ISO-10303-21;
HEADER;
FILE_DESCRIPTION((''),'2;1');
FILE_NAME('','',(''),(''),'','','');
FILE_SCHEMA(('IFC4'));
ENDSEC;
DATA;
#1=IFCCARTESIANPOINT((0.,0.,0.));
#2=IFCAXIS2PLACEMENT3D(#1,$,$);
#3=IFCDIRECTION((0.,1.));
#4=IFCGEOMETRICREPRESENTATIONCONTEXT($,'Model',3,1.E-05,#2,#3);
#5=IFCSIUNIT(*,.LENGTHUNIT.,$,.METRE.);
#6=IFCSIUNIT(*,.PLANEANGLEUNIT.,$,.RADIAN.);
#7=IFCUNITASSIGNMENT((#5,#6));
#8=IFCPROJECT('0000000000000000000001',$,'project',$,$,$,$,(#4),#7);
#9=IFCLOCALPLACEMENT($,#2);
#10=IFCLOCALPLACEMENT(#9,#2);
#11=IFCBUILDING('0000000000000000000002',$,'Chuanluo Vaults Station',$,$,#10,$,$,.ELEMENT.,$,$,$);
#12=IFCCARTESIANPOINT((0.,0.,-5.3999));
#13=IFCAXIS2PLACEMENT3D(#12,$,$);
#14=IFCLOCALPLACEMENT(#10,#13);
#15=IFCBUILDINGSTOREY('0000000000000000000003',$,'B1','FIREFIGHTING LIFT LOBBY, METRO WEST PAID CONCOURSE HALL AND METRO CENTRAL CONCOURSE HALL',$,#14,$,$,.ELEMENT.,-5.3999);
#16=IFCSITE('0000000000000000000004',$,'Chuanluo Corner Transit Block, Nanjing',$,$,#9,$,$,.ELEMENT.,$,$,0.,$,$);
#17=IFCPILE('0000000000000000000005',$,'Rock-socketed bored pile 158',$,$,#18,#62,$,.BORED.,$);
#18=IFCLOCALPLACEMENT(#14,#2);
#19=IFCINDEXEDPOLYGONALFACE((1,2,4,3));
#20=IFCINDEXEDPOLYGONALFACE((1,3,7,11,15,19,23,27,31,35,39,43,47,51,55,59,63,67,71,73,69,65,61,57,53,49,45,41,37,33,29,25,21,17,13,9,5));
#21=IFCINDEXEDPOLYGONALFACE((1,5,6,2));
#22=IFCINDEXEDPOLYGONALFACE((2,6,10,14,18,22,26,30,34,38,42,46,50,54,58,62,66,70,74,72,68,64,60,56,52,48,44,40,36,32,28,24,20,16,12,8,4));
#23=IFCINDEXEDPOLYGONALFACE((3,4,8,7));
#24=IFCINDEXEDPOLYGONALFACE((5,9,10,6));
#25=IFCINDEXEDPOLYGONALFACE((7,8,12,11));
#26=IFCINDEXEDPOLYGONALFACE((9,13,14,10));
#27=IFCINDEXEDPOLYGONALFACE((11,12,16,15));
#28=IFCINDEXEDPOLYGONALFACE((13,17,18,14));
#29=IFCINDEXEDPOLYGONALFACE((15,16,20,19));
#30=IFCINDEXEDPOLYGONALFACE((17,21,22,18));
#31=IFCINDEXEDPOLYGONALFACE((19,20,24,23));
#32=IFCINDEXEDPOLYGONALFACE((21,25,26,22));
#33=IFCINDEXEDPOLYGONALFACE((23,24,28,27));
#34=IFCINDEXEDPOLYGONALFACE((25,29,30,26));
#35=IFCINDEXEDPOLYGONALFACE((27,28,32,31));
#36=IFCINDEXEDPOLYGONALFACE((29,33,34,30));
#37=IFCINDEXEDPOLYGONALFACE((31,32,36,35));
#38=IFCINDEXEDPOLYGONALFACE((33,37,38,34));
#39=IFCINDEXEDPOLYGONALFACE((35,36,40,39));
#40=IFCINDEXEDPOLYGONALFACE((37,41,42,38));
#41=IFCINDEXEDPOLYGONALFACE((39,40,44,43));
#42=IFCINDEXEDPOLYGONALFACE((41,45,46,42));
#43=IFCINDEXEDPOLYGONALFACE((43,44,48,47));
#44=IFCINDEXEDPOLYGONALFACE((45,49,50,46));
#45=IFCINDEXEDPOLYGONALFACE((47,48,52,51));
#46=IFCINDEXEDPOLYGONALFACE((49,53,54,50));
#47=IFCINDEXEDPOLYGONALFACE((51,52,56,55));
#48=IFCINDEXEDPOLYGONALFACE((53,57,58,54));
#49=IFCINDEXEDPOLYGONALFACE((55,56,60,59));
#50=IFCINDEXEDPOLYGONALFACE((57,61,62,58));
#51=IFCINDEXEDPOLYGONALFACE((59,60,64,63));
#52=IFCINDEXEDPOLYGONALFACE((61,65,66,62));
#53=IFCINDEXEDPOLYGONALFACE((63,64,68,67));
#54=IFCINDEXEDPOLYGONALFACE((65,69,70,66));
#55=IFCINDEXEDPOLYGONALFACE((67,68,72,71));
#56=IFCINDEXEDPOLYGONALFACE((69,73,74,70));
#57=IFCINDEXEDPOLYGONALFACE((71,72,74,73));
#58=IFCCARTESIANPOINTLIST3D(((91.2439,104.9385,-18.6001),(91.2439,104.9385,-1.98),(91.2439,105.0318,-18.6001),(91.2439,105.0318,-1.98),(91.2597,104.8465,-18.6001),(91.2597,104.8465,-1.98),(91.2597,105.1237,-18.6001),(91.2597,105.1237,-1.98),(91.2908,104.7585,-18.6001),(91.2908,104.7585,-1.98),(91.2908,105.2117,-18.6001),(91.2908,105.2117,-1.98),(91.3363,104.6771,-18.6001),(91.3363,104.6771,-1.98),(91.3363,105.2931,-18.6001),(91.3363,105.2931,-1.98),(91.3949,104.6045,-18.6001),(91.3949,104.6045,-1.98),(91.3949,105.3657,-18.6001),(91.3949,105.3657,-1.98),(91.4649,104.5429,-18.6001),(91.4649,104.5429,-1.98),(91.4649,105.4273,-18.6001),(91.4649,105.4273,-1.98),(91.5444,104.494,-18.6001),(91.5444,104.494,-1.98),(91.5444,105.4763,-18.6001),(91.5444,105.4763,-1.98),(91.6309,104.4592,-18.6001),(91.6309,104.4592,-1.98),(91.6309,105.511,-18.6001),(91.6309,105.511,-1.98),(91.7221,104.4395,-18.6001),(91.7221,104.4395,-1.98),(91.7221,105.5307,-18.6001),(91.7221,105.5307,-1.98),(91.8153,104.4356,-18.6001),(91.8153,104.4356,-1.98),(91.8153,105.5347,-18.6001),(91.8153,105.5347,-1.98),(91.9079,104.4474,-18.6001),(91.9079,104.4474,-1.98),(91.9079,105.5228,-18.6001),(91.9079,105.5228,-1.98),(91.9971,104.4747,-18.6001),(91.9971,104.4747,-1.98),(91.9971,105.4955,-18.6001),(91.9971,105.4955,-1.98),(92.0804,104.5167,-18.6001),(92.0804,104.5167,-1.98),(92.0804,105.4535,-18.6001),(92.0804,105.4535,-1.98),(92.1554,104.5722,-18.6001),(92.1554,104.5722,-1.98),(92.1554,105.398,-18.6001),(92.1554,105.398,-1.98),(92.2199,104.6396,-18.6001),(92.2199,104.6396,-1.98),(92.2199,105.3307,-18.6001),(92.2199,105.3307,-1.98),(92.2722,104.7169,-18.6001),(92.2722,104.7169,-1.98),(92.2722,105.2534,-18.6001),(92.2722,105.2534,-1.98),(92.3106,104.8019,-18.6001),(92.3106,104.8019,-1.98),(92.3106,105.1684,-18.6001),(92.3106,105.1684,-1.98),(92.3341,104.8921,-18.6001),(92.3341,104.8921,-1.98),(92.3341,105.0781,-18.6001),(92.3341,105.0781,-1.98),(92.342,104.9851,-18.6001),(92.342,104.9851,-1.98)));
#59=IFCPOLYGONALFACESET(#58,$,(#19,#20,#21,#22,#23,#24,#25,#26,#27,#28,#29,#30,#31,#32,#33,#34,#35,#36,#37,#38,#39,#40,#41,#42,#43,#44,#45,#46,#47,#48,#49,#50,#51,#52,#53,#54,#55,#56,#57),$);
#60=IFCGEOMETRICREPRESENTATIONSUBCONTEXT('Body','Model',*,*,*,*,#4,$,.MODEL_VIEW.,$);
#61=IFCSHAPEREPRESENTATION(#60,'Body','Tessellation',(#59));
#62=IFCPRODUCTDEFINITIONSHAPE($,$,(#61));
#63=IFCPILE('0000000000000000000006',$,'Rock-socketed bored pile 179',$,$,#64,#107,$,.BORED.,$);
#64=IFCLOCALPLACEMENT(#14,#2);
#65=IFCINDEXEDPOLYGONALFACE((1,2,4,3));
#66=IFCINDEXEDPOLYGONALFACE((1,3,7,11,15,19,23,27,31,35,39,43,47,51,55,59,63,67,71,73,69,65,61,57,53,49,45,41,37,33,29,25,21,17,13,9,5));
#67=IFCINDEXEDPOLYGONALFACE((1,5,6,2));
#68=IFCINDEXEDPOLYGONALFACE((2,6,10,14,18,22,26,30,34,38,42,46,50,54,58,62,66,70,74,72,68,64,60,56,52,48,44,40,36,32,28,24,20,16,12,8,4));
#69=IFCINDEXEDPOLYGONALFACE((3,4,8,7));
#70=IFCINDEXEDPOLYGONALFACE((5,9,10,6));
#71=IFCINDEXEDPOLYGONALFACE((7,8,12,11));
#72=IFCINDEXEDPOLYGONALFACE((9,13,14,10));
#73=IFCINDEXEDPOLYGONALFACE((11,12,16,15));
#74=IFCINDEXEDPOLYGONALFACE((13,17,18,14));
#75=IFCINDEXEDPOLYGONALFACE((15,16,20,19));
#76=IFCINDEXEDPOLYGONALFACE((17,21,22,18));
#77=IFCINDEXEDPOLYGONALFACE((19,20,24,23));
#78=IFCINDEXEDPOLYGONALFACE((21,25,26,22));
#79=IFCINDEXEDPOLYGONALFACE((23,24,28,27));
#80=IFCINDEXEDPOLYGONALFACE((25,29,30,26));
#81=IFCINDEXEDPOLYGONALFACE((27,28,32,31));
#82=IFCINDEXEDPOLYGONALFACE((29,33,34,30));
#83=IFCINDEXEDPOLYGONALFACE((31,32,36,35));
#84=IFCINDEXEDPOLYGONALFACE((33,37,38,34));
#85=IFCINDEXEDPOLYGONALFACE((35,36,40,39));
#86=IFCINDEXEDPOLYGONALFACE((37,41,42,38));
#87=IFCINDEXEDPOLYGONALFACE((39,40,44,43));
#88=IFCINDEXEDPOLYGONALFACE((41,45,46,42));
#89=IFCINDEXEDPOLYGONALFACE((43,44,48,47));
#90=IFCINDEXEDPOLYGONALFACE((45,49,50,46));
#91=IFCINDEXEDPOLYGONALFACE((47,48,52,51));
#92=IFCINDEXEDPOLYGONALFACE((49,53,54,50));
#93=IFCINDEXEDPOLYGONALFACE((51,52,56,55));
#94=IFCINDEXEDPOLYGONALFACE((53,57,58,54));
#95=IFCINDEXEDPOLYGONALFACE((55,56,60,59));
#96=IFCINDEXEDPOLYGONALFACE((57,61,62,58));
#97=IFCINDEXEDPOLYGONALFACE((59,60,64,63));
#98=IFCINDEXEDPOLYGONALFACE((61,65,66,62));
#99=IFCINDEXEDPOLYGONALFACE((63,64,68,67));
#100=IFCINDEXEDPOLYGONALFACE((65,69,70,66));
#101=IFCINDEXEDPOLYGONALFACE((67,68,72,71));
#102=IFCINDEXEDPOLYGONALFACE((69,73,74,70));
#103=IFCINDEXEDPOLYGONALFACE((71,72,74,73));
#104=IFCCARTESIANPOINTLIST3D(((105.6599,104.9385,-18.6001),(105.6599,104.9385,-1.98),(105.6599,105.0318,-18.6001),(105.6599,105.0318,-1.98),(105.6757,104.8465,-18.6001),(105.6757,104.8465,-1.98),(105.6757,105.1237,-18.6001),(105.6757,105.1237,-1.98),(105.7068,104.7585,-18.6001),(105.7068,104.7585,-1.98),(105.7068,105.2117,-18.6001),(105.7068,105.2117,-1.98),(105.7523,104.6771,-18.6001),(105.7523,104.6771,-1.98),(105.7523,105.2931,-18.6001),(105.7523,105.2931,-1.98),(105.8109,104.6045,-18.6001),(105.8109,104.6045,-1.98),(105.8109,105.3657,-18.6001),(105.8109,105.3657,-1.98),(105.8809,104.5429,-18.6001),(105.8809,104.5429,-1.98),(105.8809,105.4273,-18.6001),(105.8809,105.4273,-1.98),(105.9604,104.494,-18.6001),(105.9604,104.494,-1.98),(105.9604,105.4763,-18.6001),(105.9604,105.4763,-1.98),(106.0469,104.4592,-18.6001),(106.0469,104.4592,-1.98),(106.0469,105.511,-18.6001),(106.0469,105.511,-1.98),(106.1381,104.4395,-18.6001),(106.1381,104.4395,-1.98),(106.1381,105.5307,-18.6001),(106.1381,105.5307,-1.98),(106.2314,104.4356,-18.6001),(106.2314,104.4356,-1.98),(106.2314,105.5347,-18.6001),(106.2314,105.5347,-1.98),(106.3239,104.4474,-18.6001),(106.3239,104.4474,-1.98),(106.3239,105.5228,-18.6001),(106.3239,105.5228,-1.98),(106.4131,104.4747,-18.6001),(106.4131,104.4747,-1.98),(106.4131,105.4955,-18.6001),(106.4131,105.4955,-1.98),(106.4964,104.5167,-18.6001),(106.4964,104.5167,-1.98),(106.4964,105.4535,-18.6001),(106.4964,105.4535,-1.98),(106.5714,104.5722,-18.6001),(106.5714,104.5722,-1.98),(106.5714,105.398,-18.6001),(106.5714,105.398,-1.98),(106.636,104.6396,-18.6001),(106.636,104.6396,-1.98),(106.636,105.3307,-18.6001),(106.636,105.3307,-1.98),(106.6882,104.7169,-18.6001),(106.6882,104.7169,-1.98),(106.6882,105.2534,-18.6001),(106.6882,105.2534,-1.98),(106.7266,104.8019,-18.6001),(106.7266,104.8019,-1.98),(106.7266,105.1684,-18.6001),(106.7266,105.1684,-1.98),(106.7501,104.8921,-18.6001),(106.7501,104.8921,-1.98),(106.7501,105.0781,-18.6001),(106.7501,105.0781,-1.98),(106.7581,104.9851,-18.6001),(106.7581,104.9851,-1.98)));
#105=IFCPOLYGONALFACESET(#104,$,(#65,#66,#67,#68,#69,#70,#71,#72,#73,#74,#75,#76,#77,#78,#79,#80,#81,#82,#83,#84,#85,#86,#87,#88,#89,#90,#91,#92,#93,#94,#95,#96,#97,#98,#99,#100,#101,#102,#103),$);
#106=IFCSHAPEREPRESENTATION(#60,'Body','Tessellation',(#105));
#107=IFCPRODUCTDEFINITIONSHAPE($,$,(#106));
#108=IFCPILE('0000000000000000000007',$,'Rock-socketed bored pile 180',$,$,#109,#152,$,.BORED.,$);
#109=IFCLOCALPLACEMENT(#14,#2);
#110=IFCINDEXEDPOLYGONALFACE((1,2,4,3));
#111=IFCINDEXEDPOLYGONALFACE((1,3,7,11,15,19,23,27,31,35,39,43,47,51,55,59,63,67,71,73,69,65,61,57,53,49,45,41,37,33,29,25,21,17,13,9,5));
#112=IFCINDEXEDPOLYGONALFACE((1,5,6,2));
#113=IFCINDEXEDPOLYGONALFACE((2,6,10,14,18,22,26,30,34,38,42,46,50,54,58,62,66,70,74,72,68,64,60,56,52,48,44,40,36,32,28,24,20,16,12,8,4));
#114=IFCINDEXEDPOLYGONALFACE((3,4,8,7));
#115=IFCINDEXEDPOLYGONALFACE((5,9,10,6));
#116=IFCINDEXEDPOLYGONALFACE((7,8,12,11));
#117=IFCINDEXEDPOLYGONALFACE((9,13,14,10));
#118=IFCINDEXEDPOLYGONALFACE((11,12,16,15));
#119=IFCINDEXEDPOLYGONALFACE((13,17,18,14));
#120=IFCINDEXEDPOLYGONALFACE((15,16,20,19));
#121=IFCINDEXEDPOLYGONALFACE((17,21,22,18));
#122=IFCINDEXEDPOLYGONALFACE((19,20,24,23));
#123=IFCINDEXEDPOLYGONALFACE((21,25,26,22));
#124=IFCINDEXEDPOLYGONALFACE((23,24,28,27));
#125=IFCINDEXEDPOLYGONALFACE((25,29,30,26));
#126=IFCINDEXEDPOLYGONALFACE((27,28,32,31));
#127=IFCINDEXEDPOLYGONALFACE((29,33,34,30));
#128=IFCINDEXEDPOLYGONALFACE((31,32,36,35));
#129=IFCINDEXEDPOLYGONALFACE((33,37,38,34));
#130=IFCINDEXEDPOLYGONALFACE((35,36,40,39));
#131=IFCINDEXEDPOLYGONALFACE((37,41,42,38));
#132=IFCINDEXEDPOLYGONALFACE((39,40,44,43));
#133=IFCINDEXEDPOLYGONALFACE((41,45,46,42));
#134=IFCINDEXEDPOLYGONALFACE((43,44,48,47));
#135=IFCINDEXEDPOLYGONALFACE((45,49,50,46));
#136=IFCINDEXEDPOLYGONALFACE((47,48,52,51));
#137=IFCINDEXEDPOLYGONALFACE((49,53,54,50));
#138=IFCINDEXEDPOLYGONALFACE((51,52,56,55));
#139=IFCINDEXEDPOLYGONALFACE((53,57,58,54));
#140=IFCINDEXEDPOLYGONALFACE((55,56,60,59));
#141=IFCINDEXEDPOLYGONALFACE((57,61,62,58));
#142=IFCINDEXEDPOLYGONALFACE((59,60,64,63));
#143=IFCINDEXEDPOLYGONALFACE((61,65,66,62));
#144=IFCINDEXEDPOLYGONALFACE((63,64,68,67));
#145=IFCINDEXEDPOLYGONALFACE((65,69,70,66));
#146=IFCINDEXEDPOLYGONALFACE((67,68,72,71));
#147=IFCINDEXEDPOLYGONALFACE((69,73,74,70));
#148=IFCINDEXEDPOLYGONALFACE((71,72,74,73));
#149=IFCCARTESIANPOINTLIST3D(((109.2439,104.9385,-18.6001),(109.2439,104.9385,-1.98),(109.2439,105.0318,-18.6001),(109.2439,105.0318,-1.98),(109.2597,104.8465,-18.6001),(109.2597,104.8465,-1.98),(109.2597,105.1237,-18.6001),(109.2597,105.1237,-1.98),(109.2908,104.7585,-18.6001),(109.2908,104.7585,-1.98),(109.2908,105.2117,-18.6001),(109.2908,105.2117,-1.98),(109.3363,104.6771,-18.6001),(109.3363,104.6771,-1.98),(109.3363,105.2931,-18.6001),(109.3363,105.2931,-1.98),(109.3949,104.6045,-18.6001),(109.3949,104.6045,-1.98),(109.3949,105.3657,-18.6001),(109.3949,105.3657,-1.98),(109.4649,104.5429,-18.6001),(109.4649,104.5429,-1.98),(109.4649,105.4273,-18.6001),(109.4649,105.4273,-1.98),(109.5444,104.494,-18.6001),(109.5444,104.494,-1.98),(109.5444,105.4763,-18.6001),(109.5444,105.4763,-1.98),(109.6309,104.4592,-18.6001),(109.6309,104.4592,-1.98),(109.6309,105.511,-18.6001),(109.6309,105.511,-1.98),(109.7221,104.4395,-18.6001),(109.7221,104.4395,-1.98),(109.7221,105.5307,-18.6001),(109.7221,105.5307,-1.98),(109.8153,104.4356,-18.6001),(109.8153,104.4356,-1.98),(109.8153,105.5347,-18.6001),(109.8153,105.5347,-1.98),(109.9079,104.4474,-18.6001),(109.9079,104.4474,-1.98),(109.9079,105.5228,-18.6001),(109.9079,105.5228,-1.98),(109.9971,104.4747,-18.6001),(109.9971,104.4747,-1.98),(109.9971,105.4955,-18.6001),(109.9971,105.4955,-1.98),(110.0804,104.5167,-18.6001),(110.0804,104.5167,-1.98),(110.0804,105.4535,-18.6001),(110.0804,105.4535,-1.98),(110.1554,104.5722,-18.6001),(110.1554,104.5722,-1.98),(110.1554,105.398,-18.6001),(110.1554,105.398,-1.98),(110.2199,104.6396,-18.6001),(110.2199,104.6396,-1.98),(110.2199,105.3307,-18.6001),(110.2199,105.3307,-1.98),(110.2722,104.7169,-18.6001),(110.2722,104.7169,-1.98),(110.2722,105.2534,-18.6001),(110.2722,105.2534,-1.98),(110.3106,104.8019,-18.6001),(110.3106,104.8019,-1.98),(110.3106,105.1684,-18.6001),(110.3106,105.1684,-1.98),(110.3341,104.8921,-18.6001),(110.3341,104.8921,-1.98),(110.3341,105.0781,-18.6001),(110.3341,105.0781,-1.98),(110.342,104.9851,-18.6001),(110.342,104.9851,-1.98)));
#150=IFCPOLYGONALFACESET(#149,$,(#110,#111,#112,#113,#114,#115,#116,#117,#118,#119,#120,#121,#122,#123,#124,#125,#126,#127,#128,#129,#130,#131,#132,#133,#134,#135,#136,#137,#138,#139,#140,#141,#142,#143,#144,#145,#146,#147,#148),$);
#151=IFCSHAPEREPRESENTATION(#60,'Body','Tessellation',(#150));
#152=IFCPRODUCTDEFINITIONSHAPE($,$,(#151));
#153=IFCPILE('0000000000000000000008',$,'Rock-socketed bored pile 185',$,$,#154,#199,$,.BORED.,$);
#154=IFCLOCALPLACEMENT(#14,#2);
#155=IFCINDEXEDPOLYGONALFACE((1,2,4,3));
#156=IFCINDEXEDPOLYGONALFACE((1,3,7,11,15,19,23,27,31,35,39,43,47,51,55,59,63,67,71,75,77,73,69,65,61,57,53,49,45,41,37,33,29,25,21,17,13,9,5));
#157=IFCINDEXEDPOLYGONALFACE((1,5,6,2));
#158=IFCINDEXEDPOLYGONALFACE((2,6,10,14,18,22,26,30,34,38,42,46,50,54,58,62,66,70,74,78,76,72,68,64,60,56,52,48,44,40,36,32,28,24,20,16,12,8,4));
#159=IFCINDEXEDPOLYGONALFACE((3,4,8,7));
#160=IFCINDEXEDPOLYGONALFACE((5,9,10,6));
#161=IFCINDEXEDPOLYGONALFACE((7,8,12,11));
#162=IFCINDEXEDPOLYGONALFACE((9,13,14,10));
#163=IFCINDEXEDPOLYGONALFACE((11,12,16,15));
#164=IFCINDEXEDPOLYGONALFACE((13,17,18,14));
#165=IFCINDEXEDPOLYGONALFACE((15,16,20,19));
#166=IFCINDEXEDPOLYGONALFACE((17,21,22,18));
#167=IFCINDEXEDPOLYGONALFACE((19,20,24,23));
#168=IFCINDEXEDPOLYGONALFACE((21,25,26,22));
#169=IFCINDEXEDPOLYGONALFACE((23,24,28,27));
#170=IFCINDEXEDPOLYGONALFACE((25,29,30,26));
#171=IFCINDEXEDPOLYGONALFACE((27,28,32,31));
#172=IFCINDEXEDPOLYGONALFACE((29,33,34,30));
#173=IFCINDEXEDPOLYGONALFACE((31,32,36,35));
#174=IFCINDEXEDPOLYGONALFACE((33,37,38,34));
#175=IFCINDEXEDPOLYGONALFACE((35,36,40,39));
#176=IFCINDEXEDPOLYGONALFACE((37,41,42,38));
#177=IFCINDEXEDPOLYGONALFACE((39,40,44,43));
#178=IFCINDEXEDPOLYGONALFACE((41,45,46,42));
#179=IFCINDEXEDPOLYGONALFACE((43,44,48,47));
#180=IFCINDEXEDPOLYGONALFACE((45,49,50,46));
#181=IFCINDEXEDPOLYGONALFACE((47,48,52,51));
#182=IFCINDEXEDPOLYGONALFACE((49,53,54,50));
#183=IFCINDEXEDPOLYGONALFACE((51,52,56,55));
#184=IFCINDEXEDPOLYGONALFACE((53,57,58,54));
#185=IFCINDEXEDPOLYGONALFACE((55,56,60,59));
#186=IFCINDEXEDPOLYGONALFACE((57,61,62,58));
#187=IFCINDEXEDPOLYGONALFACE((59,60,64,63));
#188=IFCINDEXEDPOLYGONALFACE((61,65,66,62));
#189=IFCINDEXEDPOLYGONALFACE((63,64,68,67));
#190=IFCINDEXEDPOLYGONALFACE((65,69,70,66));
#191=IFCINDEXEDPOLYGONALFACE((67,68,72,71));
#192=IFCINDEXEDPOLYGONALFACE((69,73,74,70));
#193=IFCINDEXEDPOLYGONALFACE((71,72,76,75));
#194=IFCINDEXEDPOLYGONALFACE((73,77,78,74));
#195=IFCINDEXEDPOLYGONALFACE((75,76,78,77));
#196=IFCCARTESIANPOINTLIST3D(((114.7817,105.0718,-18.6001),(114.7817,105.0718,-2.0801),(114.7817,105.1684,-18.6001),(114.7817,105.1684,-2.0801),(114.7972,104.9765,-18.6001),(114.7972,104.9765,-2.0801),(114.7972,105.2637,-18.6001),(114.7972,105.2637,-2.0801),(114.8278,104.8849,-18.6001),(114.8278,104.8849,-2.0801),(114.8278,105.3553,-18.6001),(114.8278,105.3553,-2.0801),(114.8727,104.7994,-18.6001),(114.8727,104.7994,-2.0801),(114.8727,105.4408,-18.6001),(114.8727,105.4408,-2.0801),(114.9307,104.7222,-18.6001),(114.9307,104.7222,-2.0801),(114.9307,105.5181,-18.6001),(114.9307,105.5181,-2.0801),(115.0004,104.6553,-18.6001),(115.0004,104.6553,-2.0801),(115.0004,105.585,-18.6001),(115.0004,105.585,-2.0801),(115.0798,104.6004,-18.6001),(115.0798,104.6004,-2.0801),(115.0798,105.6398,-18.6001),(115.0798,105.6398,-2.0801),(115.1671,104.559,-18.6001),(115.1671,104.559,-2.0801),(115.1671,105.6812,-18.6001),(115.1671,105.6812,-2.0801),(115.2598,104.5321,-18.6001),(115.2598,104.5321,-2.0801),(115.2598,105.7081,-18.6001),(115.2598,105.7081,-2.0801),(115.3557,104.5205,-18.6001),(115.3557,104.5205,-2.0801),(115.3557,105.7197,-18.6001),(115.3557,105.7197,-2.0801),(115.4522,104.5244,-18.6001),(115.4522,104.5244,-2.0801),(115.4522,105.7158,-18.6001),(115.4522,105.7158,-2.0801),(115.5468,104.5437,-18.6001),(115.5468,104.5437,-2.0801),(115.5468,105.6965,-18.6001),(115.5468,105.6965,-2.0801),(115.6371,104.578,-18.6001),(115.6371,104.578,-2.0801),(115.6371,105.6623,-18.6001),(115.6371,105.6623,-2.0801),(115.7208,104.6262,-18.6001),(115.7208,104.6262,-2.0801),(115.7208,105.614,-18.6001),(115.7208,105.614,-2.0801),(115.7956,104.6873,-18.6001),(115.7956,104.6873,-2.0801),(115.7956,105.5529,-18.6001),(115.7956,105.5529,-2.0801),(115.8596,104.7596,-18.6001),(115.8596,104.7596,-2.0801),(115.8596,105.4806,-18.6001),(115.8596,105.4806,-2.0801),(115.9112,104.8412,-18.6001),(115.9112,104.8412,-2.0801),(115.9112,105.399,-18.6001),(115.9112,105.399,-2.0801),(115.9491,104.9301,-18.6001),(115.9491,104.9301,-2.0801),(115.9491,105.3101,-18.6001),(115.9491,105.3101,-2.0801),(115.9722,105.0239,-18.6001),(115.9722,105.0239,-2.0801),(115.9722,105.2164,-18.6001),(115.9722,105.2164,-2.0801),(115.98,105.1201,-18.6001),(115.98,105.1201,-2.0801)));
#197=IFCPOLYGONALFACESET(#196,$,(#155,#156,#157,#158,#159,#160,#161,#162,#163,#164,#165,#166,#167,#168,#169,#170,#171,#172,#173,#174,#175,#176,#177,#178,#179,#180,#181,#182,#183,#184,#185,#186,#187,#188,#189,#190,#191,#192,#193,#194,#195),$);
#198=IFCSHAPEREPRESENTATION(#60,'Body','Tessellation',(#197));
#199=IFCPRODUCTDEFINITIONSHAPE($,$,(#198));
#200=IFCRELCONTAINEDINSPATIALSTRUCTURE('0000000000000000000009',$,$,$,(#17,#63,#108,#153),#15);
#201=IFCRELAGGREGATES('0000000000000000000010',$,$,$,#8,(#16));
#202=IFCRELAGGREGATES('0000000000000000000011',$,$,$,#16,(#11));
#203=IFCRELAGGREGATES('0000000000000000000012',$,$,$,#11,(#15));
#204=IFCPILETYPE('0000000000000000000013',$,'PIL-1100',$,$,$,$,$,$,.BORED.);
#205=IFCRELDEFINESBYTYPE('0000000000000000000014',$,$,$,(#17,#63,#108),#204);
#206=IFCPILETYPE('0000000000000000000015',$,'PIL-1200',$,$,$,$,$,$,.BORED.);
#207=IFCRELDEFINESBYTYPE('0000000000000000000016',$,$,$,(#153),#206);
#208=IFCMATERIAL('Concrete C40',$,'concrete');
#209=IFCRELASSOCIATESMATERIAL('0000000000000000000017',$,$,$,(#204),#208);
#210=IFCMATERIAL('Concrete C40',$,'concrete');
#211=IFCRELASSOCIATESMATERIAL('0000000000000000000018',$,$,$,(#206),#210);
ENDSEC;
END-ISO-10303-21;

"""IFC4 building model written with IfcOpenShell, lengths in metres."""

from ifc_helpers import new_model, si_unit, direction, frame, origin, origin_2d, place, context, subcontext, project, spatial, circle, extrude, material, material_profile, profile_set, type_object, element, save


model = new_model("IFC4")

# Units and contexts
model_context = context("Model", 3, precision=1e-05, world=origin(), true_north=direction((0.0, 1.0)))
body_context = subcontext(model_context, "Body", "Model", "MODEL_VIEW")
ifc_project = project(units=[si_unit("LENGTHUNIT", "METRE"), si_unit("PLANEANGLEUNIT", "RADIAN")], contexts=[model_context])

# Site, building, storey
site_placement = place(None, origin())
site = spatial("IfcSite", under=ifc_project, at=site_placement, Name="Chuanluo Corner Transit Block, Nanjing", CompositionType="ELEMENT", RefElevation=0.0)
building_placement = place(site_placement, origin())
building = spatial("IfcBuilding", under=site, at=building_placement, Name="Chuanluo Vaults Station", CompositionType="ELEMENT")
storey_placement = place(building_placement, frame((0.0, 0.0, -5.3999)))
storey = spatial("IfcBuildingStorey", under=building, at=storey_placement, Name="B1", Description="FIREFIGHTING LIFT LOBBY, METRO WEST PAID CONCOURSE HALL AND METRO CENTRAL CONCOURSE HALL", CompositionType="ELEMENT", Elevation=-5.3999)

# Piles
ifc_material_1 = material(Name="Concrete C40", Category="concrete")
ifc_material_profile_1 = material_profile(ifc_material_1, circle(Radius=0.55, at=origin_2d()))
ifc_profile_set_1 = profile_set([ifc_material_profile_1], Name="Concrete C40")
pile_type_1 = type_object("IfcPileType", Name="PIL-1100", PredefinedType="BORED", material=ifc_profile_set_1)
for number, where, z_axis, x_axis, name in (
    (1, (91.792, 104.9851, -1.98), (0.0, 0.0, -1.0), (1.0, 0.0, 0.0), "Rock-socketed bored pile 158"),
    (2, (106.208, 104.9851, -1.98), (0.0, 0.0, -1.0), (1.0, 0.0, 0.0), "Rock-socketed bored pile 179"),
    (3, (109.792, 104.9851, -1.98), (0.0, 0.0, -1.0), (1.0, 0.0, 0.0), "Rock-socketed bored pile 180"),
):
    element("IfcPile", number, at=place(storey_placement, frame(where, z_axis=z_axis, x_axis=x_axis)), inside=storey, type_object=pile_type_1, Name=name, PredefinedType="BORED", context=body_context, shape_type="SweptSolid", body=[
        extrude(circle(Radius=0.55, at=origin_2d()), origin(), (0.0, 0.0, 1.0), 16.6201),
    ])
ifc_material_2 = material(Name="Concrete C40", Category="concrete")
ifc_material_profile_2 = material_profile(ifc_material_2, circle(Radius=0.6001, at=origin_2d()))
ifc_profile_set_2 = profile_set([ifc_material_profile_2], Name="Concrete C40")
pile_type_2 = type_object("IfcPileType", Name="PIL-1200", PredefinedType="BORED", material=ifc_profile_set_2)
pile_1_placement = place(storey_placement, frame((115.3799, 105.1201, -2.0801), z_axis=(0.0, 0.0, -1.0), x_axis=(1.0, 0.0, 0.0)))
element("IfcPile", 4, at=pile_1_placement, inside=storey, type_object=pile_type_2, Name="Rock-socketed bored pile 185", PredefinedType="BORED", context=body_context, shape_type="SweptSolid", body=[
    extrude(circle(Radius=0.6001, at=origin_2d()), origin(), (0.0, 0.0, 1.0), 16.52),
])

save(model, "model.ifc")
